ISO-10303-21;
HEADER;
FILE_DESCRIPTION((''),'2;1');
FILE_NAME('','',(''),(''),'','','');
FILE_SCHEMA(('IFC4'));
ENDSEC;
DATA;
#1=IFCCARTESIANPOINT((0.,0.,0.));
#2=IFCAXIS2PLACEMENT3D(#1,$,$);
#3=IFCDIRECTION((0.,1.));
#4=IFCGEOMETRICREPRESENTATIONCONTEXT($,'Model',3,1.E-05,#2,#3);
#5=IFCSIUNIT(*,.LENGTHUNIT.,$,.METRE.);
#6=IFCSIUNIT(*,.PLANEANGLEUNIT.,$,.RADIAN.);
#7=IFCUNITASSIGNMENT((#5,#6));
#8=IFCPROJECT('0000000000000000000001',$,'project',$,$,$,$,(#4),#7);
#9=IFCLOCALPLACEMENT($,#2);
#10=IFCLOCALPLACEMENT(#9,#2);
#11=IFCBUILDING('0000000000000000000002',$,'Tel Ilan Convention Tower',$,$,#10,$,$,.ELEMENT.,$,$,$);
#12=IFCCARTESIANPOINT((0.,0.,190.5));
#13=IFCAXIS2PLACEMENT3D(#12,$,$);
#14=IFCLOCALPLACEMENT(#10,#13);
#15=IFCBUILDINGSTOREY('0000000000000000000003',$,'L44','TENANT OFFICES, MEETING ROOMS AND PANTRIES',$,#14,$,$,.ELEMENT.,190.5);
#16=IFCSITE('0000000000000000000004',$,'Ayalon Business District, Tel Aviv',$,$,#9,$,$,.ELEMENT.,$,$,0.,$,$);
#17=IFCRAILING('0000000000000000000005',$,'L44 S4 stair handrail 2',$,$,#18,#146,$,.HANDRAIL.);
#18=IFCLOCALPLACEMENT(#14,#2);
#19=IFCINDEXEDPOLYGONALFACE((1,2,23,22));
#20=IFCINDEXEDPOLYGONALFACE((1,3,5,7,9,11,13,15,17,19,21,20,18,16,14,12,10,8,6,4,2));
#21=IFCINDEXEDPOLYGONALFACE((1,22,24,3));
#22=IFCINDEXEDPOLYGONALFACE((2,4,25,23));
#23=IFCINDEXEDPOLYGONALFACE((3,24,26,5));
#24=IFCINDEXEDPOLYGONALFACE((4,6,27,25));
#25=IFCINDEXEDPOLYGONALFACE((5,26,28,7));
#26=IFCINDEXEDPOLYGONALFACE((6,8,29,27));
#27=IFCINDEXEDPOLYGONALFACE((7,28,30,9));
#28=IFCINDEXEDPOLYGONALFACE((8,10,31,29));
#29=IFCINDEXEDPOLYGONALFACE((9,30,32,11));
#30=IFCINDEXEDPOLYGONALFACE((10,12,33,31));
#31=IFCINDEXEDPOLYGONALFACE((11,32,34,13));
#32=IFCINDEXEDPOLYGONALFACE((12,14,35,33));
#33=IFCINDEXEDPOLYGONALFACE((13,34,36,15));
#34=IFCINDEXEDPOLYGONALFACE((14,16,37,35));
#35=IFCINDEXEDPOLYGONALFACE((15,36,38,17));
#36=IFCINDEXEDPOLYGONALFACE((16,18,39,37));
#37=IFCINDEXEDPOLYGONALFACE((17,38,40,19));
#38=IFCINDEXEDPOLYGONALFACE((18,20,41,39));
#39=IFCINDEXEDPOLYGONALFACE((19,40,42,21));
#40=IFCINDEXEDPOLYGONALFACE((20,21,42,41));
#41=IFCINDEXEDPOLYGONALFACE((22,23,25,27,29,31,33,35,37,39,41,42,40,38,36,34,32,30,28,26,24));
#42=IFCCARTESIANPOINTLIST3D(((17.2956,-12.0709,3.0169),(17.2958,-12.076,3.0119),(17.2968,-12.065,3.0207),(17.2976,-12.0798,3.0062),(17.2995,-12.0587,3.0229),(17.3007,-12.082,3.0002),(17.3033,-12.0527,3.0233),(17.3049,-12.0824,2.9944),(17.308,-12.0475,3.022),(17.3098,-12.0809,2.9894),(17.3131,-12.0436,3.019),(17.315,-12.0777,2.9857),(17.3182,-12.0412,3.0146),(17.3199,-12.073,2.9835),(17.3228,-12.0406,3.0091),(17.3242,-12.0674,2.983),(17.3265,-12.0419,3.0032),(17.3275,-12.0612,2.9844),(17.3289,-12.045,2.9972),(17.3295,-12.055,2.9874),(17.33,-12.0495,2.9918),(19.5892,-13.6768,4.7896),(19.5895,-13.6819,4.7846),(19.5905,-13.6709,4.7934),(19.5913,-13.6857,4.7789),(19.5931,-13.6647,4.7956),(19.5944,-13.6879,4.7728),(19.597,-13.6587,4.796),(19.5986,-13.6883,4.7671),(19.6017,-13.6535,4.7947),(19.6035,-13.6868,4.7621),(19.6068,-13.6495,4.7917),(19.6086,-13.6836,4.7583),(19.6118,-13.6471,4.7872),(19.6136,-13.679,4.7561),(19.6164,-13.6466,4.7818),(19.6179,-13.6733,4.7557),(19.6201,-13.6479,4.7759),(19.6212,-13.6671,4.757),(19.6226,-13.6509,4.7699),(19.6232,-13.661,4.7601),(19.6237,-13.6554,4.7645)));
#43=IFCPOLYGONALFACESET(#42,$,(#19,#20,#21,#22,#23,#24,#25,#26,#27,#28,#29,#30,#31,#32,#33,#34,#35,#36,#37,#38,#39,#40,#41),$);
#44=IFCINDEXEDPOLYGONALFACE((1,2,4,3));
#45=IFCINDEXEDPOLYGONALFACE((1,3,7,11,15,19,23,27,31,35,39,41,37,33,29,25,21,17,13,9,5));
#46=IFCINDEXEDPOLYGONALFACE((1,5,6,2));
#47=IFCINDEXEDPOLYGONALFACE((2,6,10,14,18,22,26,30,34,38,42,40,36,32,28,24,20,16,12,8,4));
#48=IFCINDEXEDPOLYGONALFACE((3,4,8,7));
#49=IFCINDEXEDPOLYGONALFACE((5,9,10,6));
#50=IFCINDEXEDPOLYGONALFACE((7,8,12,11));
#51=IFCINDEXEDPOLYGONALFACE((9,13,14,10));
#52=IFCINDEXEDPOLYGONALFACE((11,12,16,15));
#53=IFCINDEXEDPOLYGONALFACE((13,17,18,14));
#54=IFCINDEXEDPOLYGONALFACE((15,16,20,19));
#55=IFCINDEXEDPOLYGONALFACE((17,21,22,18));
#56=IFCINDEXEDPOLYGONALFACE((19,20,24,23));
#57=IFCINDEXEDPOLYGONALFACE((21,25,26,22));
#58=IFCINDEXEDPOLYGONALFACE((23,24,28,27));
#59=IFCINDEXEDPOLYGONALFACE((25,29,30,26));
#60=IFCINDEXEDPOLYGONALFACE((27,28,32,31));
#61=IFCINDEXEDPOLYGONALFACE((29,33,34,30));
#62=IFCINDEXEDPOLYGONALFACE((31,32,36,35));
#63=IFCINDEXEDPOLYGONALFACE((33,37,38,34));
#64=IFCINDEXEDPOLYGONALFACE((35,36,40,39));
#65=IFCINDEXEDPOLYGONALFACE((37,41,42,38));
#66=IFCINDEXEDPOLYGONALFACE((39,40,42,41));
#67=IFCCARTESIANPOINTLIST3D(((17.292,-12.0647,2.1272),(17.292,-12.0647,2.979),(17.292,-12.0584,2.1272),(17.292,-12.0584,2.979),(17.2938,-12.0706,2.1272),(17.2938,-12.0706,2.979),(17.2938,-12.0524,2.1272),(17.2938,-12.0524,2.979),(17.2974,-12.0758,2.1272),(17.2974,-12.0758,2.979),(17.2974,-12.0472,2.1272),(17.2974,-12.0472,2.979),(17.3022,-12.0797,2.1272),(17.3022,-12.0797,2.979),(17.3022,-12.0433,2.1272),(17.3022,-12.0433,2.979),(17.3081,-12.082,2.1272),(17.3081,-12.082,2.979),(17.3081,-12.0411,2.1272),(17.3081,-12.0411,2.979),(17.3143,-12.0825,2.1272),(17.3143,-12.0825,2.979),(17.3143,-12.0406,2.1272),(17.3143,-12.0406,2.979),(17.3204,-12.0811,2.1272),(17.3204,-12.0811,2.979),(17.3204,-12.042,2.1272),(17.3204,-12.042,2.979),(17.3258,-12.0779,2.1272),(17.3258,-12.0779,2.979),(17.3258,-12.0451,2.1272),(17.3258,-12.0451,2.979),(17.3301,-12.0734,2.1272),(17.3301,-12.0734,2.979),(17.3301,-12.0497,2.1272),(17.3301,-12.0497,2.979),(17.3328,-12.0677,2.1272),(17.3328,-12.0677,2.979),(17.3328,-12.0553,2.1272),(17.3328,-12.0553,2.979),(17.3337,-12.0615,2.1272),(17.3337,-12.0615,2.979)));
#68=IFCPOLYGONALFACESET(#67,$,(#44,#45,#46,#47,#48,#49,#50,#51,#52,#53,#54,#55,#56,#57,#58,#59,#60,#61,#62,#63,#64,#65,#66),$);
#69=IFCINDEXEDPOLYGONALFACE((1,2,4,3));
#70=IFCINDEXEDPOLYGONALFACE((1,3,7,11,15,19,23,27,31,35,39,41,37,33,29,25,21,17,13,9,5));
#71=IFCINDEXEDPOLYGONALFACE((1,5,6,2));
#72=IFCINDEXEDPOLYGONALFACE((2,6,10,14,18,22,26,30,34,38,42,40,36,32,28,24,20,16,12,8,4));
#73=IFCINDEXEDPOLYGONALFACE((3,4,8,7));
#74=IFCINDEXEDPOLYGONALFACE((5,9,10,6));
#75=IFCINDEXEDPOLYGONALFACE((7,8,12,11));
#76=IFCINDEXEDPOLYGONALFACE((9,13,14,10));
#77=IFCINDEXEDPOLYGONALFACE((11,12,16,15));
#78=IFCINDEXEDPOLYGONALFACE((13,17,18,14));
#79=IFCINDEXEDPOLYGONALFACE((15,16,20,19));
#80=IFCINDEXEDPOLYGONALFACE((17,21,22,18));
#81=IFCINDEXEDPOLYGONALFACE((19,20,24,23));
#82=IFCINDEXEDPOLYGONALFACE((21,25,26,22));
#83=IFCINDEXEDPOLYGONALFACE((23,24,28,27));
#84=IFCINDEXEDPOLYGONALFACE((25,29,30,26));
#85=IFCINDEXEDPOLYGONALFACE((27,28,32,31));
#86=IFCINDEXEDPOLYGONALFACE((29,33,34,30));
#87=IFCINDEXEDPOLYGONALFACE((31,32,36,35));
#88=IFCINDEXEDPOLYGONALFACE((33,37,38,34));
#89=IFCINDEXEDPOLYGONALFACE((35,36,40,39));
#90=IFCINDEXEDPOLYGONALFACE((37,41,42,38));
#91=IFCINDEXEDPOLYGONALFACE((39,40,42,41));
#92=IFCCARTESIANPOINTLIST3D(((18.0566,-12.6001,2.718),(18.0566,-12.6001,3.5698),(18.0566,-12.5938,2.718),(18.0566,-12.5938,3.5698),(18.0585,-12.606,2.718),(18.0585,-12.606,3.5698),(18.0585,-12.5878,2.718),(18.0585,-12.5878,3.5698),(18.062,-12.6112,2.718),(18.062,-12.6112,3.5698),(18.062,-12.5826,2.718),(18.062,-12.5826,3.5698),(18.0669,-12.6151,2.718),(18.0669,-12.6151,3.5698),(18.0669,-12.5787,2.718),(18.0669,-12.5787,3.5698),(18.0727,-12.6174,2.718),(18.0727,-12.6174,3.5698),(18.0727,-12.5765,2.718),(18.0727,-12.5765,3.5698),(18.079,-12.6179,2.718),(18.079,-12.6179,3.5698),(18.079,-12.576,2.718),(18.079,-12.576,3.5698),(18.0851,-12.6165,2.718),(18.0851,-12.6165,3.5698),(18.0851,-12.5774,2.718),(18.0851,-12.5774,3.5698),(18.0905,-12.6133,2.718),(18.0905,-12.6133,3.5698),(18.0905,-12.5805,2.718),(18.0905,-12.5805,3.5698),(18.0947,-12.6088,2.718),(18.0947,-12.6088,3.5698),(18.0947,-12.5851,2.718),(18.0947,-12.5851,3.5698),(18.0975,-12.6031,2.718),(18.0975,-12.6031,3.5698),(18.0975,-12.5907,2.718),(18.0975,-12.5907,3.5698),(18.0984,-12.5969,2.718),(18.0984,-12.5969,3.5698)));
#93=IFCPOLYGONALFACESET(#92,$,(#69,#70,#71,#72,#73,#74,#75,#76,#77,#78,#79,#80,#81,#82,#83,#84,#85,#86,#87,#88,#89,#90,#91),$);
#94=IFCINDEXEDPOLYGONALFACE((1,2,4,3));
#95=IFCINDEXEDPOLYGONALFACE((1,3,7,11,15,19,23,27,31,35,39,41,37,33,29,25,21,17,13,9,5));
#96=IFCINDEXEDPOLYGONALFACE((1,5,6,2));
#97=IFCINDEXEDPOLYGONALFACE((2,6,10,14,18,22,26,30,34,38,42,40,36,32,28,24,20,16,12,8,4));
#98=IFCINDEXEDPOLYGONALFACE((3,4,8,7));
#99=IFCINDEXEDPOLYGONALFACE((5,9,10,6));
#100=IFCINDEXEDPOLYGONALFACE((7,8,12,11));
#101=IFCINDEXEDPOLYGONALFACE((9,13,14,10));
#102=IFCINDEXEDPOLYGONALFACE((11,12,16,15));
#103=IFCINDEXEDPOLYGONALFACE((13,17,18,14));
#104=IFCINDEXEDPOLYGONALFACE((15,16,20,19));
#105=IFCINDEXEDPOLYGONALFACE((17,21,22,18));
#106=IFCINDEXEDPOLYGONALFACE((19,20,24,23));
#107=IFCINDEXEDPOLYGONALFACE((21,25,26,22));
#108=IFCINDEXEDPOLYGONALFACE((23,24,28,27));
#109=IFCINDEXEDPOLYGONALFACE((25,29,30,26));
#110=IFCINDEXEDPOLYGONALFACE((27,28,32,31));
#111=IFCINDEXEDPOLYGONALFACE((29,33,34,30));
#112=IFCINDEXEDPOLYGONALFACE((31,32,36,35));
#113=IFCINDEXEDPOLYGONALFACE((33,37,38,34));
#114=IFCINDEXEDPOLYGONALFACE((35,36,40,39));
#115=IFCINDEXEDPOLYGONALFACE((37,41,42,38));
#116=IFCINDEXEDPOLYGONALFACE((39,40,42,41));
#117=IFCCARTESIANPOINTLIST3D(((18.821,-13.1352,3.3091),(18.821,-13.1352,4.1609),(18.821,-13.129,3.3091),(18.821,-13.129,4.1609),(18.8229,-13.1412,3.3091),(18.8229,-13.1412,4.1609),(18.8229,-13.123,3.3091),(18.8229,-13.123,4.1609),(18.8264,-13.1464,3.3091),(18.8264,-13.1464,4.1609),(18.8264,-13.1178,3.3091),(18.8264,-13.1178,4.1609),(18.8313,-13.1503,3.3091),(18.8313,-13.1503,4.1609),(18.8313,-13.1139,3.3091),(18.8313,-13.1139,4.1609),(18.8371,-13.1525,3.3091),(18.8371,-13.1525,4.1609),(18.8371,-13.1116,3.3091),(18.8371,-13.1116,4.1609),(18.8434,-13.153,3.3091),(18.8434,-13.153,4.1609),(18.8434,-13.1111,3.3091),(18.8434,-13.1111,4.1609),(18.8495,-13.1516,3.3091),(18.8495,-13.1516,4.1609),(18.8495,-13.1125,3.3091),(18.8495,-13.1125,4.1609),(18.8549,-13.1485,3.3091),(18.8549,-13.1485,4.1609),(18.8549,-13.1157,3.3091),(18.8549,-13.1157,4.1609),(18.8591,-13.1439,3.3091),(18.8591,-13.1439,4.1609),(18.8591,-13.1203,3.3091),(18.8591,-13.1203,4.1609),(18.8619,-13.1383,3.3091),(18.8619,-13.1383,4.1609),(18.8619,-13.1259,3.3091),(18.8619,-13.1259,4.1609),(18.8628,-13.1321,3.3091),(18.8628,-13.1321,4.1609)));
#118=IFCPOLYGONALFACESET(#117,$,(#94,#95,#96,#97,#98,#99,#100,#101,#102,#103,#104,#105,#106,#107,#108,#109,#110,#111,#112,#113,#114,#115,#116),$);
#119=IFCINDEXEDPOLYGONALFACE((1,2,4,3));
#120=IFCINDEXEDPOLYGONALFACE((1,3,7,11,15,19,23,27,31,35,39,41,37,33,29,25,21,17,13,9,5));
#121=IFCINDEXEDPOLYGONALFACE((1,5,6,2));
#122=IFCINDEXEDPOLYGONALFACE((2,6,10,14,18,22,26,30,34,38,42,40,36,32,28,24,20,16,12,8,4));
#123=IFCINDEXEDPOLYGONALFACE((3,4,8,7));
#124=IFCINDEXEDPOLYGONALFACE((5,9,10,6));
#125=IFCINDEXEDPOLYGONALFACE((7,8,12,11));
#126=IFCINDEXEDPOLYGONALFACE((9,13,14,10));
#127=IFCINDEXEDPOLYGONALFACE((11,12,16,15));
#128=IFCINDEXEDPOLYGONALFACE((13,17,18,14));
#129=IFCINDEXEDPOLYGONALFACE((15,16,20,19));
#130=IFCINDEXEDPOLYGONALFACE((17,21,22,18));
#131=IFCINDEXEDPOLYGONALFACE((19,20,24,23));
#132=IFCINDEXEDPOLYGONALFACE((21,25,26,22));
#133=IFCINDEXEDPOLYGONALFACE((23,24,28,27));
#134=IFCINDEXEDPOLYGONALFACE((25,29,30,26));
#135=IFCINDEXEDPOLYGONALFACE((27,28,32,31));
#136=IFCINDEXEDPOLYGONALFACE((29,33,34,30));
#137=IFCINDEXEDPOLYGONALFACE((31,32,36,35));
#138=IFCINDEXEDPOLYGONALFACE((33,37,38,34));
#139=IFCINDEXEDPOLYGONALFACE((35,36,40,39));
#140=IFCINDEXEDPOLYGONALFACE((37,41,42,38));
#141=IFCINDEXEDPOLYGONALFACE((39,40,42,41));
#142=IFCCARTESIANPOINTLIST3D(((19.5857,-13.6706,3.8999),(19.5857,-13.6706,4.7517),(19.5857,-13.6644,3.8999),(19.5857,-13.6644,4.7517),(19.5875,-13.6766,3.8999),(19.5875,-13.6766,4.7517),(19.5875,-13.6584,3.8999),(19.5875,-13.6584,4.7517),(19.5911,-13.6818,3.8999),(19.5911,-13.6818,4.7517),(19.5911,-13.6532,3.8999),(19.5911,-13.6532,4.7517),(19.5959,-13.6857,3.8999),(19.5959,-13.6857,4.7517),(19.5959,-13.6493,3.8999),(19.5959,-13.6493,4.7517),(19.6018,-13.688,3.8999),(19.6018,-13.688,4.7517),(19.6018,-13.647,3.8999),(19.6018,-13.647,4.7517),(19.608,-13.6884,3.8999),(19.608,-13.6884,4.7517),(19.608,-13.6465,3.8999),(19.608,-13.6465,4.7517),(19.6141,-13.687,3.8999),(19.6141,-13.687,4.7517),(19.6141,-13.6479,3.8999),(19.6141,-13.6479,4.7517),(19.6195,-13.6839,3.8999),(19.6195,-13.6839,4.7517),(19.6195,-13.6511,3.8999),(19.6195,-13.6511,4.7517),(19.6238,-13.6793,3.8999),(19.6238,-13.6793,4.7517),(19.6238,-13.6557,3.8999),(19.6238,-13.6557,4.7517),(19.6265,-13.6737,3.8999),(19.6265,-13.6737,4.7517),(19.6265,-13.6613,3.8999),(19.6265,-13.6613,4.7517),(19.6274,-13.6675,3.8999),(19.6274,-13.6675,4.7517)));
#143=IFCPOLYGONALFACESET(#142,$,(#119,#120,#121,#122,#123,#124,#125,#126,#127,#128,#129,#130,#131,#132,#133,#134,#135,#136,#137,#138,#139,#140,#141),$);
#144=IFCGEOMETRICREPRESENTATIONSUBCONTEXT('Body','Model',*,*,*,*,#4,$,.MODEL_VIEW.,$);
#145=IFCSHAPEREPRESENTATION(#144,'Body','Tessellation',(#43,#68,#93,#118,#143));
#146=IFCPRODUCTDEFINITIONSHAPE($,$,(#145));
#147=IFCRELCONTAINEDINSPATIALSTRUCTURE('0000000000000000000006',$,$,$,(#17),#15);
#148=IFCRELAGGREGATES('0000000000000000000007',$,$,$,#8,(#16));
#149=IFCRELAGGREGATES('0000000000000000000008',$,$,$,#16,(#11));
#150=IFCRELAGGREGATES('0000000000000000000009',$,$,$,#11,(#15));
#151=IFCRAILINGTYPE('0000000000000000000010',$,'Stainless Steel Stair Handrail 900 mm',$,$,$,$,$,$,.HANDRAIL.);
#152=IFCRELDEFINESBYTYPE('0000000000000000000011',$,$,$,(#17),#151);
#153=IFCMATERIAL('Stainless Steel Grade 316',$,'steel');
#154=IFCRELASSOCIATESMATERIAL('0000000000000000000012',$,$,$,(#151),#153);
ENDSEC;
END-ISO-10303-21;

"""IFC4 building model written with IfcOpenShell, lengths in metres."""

from ifc_helpers import new_model, si_unit, direction, frame, origin, origin_2d, place, context, subcontext, project, spatial, circle, extrude, material, type_object, element, save


model = new_model("IFC4")

# Units and contexts
model_context = context("Model", 3, precision=1e-05, world=origin(), true_north=direction((0.0, 1.0)))
body_context = subcontext(model_context, "Body", "Model", "MODEL_VIEW")
ifc_project = project(units=[si_unit("LENGTHUNIT", "METRE"), si_unit("PLANEANGLEUNIT", "RADIAN")], contexts=[model_context])

# Site, building, storey
site_placement = place(None, origin())
site = spatial("IfcSite", under=ifc_project, at=site_placement, Name="Ayalon Business District, Tel Aviv", CompositionType="ELEMENT", RefElevation=0.0)
building_placement = place(site_placement, origin())
building = spatial("IfcBuilding", under=site, at=building_placement, Name="Tel Ilan Convention Tower", CompositionType="ELEMENT")
storey_placement = place(building_placement, frame((0.0, 0.0, 190.5)))
storey = spatial("IfcBuildingStorey", under=building, at=storey_placement, Name="L44", Description="TENANT OFFICES, MEETING ROOMS AND PANTRIES", CompositionType="ELEMENT", Elevation=190.5)

# Railing
ifc_material_1 = material(Name="Stainless Steel Grade 316", Category="steel")
railing_type_1 = type_object("IfcRailingType", Name="Stainless Steel Stair Handrail 900 mm", PredefinedType="HANDRAIL", material=ifc_material_1)
railing_1_placement = place(storey_placement, frame((17.3127, -12.0615, 2.1272)))
element("IfcRailing", 1, at=railing_1_placement, inside=storey, type_object=railing_type_1, Name="L44 S4 stair handrail 2", PredefinedType="HANDRAIL", context=body_context, shape_type="SweptSolid", body=[
    extrude(circle(Radius=0.0239, at=origin_2d()), frame((0.0, 0.0, 0.876), z_axis=(0.692123, -0.484597, 0.534913), x_axis=(0.57355, 0.81917, 0.0)), (0.0, 0.0, 1.0), 3.314),
    extrude(circle(Radius=0.021, at=origin_2d()), origin(), (0.0, 0.0, 1.0), 0.8518),
    extrude(circle(Radius=0.021, at=origin_2d()), frame((0.7646, -0.5354, 0.5908)), (0.0, 0.0, 1.0), 0.8518),
    extrude(circle(Radius=0.021, at=origin_2d()), frame((1.5291, -1.0706, 1.1819)), (0.0, 0.0, 1.0), 0.8518),
    extrude(circle(Radius=0.021, at=origin_2d()), frame((2.2937, -1.606, 1.7727)), (0.0, 0.0, 1.0), 0.8518),
])

save(model, "model.ifc")
